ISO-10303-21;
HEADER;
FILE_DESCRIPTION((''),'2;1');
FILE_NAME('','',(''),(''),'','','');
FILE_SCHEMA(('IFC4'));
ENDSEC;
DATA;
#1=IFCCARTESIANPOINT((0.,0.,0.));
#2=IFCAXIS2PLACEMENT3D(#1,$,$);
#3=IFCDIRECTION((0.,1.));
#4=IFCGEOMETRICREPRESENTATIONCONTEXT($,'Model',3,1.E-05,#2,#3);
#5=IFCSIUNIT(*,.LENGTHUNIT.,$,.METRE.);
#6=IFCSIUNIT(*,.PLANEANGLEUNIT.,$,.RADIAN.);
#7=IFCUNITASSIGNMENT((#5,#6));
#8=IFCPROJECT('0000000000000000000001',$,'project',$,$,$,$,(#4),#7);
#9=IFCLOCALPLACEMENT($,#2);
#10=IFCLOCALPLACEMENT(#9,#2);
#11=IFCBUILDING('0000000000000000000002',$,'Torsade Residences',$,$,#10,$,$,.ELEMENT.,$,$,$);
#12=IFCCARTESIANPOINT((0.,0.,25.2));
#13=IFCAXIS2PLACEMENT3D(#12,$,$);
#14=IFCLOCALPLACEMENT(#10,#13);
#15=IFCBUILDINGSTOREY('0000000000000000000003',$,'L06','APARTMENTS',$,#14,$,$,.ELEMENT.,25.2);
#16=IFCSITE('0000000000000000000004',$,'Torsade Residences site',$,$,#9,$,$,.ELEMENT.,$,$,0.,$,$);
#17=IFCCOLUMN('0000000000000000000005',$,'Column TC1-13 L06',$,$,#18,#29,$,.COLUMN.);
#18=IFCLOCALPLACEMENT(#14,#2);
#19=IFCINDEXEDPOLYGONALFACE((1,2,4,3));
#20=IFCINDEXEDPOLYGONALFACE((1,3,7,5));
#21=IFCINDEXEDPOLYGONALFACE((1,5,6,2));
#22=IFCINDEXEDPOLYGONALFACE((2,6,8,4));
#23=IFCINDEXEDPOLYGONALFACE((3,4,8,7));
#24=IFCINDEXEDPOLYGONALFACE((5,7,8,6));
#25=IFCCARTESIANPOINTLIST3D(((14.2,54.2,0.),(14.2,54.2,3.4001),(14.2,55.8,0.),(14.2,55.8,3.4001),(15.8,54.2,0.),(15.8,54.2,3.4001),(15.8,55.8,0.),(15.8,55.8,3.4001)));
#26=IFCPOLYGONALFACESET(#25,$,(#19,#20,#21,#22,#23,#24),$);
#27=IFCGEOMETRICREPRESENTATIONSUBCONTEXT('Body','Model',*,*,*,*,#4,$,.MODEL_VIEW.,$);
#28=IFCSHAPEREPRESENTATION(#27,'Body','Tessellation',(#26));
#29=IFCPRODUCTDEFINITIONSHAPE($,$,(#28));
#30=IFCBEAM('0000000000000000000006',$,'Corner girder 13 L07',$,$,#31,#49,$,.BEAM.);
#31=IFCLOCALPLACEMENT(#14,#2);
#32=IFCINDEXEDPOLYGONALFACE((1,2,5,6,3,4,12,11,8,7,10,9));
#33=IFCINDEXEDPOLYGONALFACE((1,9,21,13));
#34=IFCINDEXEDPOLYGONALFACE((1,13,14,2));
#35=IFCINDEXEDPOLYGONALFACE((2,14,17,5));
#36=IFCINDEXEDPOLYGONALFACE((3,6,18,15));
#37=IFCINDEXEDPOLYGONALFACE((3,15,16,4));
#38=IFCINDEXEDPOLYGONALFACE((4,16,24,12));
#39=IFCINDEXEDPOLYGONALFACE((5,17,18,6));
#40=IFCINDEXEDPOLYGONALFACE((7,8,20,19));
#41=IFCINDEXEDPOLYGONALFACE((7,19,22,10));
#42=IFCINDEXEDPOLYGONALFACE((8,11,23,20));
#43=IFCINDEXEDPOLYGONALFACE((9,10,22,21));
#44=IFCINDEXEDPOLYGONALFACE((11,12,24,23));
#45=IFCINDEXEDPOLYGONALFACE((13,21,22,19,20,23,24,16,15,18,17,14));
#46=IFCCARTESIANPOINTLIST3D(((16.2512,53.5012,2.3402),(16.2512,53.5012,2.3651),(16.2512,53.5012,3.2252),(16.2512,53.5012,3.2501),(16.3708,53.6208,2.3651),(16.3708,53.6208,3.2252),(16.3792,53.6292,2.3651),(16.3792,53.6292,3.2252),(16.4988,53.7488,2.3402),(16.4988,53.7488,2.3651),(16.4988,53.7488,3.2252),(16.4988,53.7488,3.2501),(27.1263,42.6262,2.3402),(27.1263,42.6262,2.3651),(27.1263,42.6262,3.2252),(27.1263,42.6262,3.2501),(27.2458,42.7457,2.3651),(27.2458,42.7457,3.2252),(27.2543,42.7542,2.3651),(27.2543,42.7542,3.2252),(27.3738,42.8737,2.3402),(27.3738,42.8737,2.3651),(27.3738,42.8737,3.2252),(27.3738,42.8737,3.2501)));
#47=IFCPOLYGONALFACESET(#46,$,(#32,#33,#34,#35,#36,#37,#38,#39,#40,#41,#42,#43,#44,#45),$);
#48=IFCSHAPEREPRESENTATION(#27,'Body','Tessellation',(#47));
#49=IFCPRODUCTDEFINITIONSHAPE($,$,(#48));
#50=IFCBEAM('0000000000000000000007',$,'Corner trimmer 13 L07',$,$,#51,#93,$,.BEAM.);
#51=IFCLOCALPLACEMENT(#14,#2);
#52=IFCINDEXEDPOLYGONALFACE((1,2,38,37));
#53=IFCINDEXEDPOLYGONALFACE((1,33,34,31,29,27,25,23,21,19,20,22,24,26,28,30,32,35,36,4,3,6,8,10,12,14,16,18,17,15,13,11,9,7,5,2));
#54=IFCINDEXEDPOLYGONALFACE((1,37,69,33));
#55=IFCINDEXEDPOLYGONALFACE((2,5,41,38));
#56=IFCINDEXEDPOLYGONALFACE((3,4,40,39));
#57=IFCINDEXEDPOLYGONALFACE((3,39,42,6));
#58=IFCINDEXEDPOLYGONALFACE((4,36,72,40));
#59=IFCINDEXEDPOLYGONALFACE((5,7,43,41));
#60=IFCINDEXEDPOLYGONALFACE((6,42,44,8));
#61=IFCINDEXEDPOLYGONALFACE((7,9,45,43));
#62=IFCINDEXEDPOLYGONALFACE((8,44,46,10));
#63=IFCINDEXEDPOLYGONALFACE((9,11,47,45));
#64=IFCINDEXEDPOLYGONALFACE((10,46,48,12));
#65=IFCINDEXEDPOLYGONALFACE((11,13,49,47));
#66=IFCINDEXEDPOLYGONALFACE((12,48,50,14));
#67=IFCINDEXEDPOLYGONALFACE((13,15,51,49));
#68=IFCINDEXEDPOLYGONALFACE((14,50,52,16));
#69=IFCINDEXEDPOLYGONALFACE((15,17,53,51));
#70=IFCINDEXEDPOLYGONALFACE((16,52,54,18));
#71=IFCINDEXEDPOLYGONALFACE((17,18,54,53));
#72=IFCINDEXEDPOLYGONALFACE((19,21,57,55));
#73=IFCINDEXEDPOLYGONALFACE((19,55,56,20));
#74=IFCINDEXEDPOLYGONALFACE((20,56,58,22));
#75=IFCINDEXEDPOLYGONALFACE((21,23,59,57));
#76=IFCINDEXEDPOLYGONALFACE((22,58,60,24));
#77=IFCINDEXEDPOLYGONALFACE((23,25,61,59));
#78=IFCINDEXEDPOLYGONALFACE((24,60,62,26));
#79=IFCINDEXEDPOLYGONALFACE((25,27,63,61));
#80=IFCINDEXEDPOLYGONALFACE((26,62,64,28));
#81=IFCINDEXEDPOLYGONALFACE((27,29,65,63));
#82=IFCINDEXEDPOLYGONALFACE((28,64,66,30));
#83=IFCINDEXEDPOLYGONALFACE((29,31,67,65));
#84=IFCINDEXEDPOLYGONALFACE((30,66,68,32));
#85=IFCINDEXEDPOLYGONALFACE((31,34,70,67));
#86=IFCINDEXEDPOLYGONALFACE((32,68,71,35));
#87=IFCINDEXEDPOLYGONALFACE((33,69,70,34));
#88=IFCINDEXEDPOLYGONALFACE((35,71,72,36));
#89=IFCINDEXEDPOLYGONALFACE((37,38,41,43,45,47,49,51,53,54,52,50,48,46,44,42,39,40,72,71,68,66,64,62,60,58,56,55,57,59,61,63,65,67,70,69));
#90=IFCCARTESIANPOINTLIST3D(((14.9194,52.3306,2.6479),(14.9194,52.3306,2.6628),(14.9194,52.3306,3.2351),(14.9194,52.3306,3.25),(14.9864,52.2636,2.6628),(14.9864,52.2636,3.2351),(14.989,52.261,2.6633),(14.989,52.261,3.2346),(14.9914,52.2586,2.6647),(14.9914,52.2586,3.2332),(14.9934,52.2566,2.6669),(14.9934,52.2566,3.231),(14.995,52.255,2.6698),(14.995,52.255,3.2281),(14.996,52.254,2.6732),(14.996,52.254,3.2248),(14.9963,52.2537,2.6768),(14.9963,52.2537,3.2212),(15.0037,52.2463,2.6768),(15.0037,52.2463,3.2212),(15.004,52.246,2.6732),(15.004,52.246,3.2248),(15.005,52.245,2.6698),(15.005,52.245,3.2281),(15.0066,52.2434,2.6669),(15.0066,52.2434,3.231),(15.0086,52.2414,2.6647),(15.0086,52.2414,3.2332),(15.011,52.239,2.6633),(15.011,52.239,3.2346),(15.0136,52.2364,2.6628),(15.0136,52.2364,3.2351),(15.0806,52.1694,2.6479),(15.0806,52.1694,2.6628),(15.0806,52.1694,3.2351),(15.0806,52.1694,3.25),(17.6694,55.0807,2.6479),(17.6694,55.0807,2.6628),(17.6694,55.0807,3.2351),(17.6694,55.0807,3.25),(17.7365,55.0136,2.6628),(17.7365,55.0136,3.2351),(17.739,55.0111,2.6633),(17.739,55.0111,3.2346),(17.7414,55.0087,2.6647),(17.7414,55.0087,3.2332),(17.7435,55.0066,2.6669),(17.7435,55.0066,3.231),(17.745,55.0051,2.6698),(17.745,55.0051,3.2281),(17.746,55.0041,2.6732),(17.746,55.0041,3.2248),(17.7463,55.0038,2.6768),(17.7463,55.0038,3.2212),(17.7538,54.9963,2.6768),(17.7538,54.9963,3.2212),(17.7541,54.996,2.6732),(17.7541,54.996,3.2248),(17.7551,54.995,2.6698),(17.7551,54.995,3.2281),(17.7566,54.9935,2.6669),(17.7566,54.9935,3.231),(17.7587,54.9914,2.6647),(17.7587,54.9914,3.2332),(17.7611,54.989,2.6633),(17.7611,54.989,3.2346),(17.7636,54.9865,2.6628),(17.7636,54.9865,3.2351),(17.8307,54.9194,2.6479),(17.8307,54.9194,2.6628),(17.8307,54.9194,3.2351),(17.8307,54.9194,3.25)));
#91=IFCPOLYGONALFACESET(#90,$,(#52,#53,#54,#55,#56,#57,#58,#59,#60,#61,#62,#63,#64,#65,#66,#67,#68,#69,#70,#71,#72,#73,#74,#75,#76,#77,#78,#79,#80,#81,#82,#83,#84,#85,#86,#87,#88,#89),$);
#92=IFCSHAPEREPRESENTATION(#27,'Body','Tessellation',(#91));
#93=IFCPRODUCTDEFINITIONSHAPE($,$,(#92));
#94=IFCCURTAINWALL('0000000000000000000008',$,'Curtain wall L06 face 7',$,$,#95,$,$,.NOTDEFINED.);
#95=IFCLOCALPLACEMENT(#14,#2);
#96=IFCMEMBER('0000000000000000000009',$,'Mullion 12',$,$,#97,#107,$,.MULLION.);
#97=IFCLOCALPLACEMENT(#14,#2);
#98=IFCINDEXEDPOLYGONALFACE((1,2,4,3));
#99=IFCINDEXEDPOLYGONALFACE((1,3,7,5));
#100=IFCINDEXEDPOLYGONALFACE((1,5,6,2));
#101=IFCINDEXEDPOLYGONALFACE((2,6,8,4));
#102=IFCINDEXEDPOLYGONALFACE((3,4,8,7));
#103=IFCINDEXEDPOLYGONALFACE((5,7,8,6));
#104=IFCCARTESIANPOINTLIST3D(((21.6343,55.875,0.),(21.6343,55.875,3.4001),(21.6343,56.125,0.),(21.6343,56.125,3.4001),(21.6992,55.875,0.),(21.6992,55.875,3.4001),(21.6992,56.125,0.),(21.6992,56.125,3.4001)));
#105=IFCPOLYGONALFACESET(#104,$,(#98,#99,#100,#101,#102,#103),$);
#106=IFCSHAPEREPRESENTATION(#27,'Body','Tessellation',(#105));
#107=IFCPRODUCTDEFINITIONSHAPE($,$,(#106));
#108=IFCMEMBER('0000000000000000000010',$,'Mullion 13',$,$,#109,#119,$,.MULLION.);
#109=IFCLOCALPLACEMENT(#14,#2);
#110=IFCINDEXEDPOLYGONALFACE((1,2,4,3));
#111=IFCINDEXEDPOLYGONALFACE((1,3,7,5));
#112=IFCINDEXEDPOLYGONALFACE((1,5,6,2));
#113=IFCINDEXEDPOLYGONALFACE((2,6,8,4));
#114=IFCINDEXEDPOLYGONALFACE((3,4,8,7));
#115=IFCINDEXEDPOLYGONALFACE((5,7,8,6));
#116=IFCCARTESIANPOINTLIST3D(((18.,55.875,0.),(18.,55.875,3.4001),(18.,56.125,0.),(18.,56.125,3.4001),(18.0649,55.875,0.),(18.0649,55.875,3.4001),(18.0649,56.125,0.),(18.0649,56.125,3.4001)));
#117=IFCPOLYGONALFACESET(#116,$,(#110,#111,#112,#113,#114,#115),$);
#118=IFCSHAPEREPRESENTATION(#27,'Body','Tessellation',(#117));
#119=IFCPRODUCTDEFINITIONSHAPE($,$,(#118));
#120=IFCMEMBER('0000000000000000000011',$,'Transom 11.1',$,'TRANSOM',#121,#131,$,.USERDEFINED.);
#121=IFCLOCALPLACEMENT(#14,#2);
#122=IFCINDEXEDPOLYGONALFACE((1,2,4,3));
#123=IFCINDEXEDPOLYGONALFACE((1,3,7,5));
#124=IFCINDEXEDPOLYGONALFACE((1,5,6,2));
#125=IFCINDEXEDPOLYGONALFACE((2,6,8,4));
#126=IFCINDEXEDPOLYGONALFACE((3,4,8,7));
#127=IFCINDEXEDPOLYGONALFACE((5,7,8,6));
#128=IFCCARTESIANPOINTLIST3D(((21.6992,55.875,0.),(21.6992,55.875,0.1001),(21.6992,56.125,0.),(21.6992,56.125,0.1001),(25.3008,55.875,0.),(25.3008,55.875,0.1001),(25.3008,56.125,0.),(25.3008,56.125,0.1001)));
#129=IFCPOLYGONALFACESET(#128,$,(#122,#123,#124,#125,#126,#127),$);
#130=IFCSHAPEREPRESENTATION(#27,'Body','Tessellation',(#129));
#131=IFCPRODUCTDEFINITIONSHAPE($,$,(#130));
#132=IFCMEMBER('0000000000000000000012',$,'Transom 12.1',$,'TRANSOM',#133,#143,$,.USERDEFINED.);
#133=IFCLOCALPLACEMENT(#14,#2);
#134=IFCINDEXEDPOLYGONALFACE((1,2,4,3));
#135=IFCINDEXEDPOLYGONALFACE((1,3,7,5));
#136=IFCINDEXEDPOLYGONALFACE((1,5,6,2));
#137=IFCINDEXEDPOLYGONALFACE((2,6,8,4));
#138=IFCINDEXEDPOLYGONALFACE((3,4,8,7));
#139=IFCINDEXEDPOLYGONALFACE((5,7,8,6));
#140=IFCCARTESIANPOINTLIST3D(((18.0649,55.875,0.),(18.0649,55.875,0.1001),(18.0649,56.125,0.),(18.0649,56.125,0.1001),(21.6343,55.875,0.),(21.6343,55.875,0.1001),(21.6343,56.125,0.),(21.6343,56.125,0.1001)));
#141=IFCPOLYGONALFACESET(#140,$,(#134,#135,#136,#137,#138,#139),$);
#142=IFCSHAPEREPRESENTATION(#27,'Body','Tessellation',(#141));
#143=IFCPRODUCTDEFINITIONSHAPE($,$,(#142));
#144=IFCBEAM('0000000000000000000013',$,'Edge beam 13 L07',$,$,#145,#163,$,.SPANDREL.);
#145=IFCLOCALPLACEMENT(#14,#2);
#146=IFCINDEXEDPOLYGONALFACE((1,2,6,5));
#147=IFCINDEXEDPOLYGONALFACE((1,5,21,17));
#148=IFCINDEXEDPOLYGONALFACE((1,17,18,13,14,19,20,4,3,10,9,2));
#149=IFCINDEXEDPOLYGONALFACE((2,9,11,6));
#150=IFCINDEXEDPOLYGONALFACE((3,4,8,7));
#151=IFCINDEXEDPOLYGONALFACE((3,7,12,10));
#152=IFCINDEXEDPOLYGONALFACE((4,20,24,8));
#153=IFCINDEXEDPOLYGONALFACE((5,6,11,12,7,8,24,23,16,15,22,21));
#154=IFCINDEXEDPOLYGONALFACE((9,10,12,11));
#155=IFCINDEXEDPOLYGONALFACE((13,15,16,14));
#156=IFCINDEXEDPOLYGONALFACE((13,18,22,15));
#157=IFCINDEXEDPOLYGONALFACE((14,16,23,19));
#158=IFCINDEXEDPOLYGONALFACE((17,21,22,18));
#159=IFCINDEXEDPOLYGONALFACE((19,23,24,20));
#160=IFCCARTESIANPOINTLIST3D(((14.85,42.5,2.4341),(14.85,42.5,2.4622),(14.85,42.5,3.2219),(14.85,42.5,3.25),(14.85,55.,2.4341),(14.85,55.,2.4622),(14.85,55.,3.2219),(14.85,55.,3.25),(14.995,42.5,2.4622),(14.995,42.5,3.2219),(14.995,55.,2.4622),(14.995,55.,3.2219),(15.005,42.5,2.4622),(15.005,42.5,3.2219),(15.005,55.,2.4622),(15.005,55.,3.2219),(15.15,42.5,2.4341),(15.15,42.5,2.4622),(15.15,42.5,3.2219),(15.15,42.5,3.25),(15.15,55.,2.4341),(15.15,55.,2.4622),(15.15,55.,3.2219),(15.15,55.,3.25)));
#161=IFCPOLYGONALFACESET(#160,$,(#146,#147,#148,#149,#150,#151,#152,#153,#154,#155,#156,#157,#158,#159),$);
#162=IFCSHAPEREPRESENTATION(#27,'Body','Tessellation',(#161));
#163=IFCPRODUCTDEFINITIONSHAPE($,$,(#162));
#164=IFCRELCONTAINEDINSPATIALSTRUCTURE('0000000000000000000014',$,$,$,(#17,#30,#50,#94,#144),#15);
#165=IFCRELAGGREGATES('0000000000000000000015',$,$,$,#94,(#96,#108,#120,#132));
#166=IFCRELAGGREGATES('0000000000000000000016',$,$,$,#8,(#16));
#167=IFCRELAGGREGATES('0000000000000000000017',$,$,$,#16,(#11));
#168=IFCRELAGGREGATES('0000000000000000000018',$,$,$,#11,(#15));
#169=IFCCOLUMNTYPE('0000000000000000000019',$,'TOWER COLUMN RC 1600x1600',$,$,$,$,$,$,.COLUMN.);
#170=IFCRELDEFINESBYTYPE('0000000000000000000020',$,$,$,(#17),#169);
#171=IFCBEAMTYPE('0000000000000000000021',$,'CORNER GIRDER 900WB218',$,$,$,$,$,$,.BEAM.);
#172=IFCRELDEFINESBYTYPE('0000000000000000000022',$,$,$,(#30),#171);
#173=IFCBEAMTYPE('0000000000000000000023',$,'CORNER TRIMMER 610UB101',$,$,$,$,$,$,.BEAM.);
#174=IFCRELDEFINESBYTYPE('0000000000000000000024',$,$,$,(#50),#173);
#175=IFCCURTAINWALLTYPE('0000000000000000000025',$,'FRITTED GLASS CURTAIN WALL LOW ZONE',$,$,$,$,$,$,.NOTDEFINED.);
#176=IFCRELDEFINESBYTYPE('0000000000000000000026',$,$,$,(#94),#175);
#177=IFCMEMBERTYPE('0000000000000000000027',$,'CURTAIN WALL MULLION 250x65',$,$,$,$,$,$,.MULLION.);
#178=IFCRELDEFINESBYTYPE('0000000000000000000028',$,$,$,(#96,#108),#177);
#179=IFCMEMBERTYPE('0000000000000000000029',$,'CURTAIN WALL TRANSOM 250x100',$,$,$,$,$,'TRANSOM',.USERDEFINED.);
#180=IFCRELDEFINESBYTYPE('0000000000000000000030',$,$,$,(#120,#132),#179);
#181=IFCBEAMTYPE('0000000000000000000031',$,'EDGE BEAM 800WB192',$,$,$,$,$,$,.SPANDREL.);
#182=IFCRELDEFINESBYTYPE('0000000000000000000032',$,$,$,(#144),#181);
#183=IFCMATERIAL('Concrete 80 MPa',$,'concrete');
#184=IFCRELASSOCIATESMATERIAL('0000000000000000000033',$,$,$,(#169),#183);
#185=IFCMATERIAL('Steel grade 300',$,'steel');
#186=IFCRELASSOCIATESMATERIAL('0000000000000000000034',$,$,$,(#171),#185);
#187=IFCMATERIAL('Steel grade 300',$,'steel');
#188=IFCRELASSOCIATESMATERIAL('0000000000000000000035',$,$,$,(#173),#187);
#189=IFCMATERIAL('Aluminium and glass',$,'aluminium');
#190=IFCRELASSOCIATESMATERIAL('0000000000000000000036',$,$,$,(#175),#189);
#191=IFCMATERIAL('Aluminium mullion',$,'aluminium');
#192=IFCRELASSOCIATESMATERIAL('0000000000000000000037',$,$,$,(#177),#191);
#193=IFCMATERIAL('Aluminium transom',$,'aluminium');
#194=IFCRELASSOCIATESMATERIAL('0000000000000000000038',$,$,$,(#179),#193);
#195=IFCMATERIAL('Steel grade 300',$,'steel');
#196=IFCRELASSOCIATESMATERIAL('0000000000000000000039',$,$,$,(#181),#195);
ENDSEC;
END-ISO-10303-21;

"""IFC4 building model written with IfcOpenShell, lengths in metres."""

from ifc_helpers import new_model, si_unit, direction, frame, origin, origin_2d, place, context, subcontext, project, spatial, rectangle, i_section, extrude, material, material_profile, profile_set, type_object, element, aggregate, save


model = new_model("IFC4")

# Units and contexts
model_context = context("Model", 3, precision=1e-05, world=origin(), true_north=direction((0.0, 1.0)))
body_context = subcontext(model_context, "Body", "Model", "MODEL_VIEW")
ifc_project = project(units=[si_unit("LENGTHUNIT", "METRE"), si_unit("PLANEANGLEUNIT", "RADIAN")], contexts=[model_context])

# Site, building, storey
site_placement = place(None, origin())
site = spatial("IfcSite", under=ifc_project, at=site_placement, Name="Torsade Residences site", CompositionType="ELEMENT", RefElevation=0.0)
building_placement = place(site_placement, origin())
building = spatial("IfcBuilding", under=site, at=building_placement, Name="Torsade Residences", CompositionType="ELEMENT")
storey_placement = place(building_placement, frame((0.0, 0.0, 25.2)))
storey = spatial("IfcBuildingStorey", under=building, at=storey_placement, Name="L06", Description="APARTMENTS", CompositionType="ELEMENT", Elevation=25.2)

# Column
ifc_material_1 = material(Name="Concrete 80 MPa", Category="concrete")
ifc_material_profile_1 = material_profile(ifc_material_1, rectangle(XDim=1.6001, YDim=1.6001, at=origin_2d()), Name="RC 1600x1600")
ifc_profile_set_1 = profile_set([ifc_material_profile_1], Name="Concrete 80 MPa")
column_type = type_object("IfcColumnType", Name="TOWER COLUMN RC 1600x1600", PredefinedType="COLUMN", material=ifc_profile_set_1)
column_placement = place(storey_placement, frame((15.0, 55.0, 0.0), z_axis=(0.0, 0.0, 1.0), x_axis=(1.0, 0.0, 0.0)))
element("IfcColumn", 1, at=column_placement, inside=storey, type_object=column_type, Name="Column TC1-13 L06", PredefinedType="COLUMN", context=body_context, shape_type="SweptSolid", body=[
    extrude(rectangle(XDim=1.6001, YDim=1.6001, at=origin_2d()), origin(), (0.0, 0.0, 1.0), 3.4001),
])

# Beams
ifc_material_2 = material(Name="Steel grade 300", Category="steel")
ifc_material_profile_2 = material_profile(ifc_material_2, i_section(OverallWidth=0.3501, OverallDepth=0.9099, WebThickness=0.012, FlangeThickness=0.0249, at=origin_2d()), Name="900WB218")
ifc_profile_set_2 = profile_set([ifc_material_profile_2], Name="Steel grade 300")
beam_type_1 = type_object("IfcBeamType", Name="CORNER GIRDER 900WB218", PredefinedType="BEAM", material=ifc_profile_set_2)
beam_1_placement = place(storey_placement, frame((16.375, 53.625, 2.7952), z_axis=(0.707107, -0.707107, 0.0), x_axis=(0.707107, 0.707107, 0.0)))
element("IfcBeam", 2, at=beam_1_placement, inside=storey, type_object=beam_type_1, Name="Corner girder 13 L07", PredefinedType="BEAM", context=body_context, shape_type="SweptSolid", body=[
    extrude(i_section(OverallWidth=0.3501, OverallDepth=0.9099, WebThickness=0.012, FlangeThickness=0.0249, at=origin_2d()), origin(), (0.0, 0.0, 1.0), 15.3796),
])
ifc_material_3 = material(Name="Steel grade 300", Category="steel")
ifc_material_profile_3 = material_profile(ifc_material_3, i_section(OverallWidth=0.228, OverallDepth=0.6021, WebThickness=0.0105, FlangeThickness=0.0149, FilletRadius=0.0139, at=origin_2d()), Name="610UB101")
ifc_profile_set_3 = profile_set([ifc_material_profile_3], Name="Steel grade 300")
beam_type_2 = type_object("IfcBeamType", Name="CORNER TRIMMER 610UB101", PredefinedType="BEAM", material=ifc_profile_set_3)
beam_2_placement = place(storey_placement, frame((15.0, 52.25, 2.949), z_axis=(0.707107, 0.707107, 0.0), x_axis=(-0.707107, 0.707107, 0.0)))
element("IfcBeam", 3, at=beam_2_placement, inside=storey, type_object=beam_type_2, Name="Corner trimmer 13 L07", PredefinedType="BEAM", context=body_context, shape_type="SweptSolid", body=[
    extrude(i_section(OverallWidth=0.228, OverallDepth=0.6021, WebThickness=0.0105, FlangeThickness=0.0149, FilletRadius=0.0139, at=origin_2d()), origin(), (0.0, 0.0, 1.0), 3.8892),
])

# Curtain wall, members
ifc_material_4 = material(Name="Aluminium and glass", Category="aluminium")
curtain_wall_type = type_object("IfcCurtainWallType", Name="FRITTED GLASS CURTAIN WALL LOW ZONE", PredefinedType="NOTDEFINED", material=ifc_material_4)
curtain_wall_placement = place(storey_placement, origin())
curtain_wall = element("IfcCurtainWall", 4, at=curtain_wall_placement, inside=storey, type_object=curtain_wall_type, Name="Curtain wall L06 face 7", PredefinedType="NOTDEFINED")
ifc_material_5 = material(Name="Aluminium mullion", Category="aluminium")
ifc_material_profile_4 = material_profile(ifc_material_5, rectangle(XDim=0.25, YDim=0.0649, at=origin_2d()), Name="CURTAIN WALL MULLION 250x65")
ifc_profile_set_4 = profile_set([ifc_material_profile_4], Name="Aluminium mullion")
member_type_1 = type_object("IfcMemberType", Name="CURTAIN WALL MULLION 250x65", PredefinedType="MULLION", material=ifc_profile_set_4)
member_1_placement = place(storey_placement, frame((21.6667, 56.0, 0.0), z_axis=(0.0, 0.0, 1.0), x_axis=(0.0, -1.0, 0.0)))
member_1 = element("IfcMember", 5, at=member_1_placement, type_object=member_type_1, Name="Mullion 12", PredefinedType="MULLION", context=body_context, shape_type="SweptSolid", body=[
    extrude(rectangle(XDim=0.25, YDim=0.0649, at=origin_2d()), origin(), (0.0, 0.0, 1.0), 3.4001),
])
member_2_placement = place(storey_placement, frame((18.0325, 56.0, 0.0), z_axis=(0.0, 0.0, 1.0), x_axis=(0.0, -1.0, 0.0)))
member_2 = element("IfcMember", 6, at=member_2_placement, type_object=member_type_1, Name="Mullion 13", PredefinedType="MULLION", context=body_context, shape_type="SweptSolid", body=[
    extrude(rectangle(XDim=0.25, YDim=0.0649, at=origin_2d()), origin(), (0.0, 0.0, 1.0), 3.4001),
])
ifc_material_6 = material(Name="Aluminium transom", Category="aluminium")
ifc_material_profile_5 = material_profile(ifc_material_6, rectangle(XDim=0.25, YDim=0.1001, at=origin_2d()), Name="CURTAIN WALL TRANSOM 250x100")
ifc_profile_set_5 = profile_set([ifc_material_profile_5], Name="Aluminium transom")
member_type_2 = type_object("IfcMemberType", Name="CURTAIN WALL TRANSOM 250x100", ElementType="TRANSOM", PredefinedType="USERDEFINED", material=ifc_profile_set_5)
member_3_placement = place(storey_placement, frame((25.3008, 56.0, 0.05), z_axis=(-1.0, 0.0, 0.0), x_axis=(0.0, -1.0, 0.0)))
member_3 = element("IfcMember", 7, at=member_3_placement, type_object=member_type_2, Name="Transom 11.1", ObjectType="TRANSOM", PredefinedType="USERDEFINED", context=body_context, shape_type="SweptSolid", body=[
    extrude(rectangle(XDim=0.25, YDim=0.1001, at=origin_2d()), origin(), (0.0, 0.0, 1.0), 3.6016),
])
member_4_placement = place(storey_placement, frame((21.6343, 56.0, 0.05), z_axis=(-1.0, 0.0, 0.0), x_axis=(0.0, -1.0, 0.0)))
member_4 = element("IfcMember", 8, at=member_4_placement, type_object=member_type_2, Name="Transom 12.1", ObjectType="TRANSOM", PredefinedType="USERDEFINED", context=body_context, shape_type="SweptSolid", body=[
    extrude(rectangle(XDim=0.25, YDim=0.1001, at=origin_2d()), origin(), (0.0, 0.0, 1.0), 3.5693),
])

# Beam
ifc_material_7 = material(Name="Steel grade 300", Category="steel")
ifc_material_profile_6 = material_profile(ifc_material_7, i_section(OverallWidth=0.3, OverallDepth=0.8159, WebThickness=0.01, FlangeThickness=0.0281, at=origin_2d()), Name="800WB192")
ifc_profile_set_6 = profile_set([ifc_material_profile_6], Name="Steel grade 300")
beam_type_3 = type_object("IfcBeamType", Name="EDGE BEAM 800WB192", PredefinedType="SPANDREL", material=ifc_profile_set_6)
beam_3_placement = place(storey_placement, frame((15.0, 55.0, 2.842), z_axis=(0.0, -1.0, 0.0), x_axis=(1.0, 0.0, 0.0)))
element("IfcBeam", 9, at=beam_3_placement, inside=storey, type_object=beam_type_3, Name="Edge beam 13 L07", PredefinedType="SPANDREL", context=body_context, shape_type="SweptSolid", body=[
    extrude(i_section(OverallWidth=0.3, OverallDepth=0.8159, WebThickness=0.01, FlangeThickness=0.0281, at=origin_2d()), origin(), (0.0, 0.0, 1.0), 12.5),
])

aggregate(curtain_wall, [member_1, member_2, member_3, member_4])

save(model, "model.ifc")
